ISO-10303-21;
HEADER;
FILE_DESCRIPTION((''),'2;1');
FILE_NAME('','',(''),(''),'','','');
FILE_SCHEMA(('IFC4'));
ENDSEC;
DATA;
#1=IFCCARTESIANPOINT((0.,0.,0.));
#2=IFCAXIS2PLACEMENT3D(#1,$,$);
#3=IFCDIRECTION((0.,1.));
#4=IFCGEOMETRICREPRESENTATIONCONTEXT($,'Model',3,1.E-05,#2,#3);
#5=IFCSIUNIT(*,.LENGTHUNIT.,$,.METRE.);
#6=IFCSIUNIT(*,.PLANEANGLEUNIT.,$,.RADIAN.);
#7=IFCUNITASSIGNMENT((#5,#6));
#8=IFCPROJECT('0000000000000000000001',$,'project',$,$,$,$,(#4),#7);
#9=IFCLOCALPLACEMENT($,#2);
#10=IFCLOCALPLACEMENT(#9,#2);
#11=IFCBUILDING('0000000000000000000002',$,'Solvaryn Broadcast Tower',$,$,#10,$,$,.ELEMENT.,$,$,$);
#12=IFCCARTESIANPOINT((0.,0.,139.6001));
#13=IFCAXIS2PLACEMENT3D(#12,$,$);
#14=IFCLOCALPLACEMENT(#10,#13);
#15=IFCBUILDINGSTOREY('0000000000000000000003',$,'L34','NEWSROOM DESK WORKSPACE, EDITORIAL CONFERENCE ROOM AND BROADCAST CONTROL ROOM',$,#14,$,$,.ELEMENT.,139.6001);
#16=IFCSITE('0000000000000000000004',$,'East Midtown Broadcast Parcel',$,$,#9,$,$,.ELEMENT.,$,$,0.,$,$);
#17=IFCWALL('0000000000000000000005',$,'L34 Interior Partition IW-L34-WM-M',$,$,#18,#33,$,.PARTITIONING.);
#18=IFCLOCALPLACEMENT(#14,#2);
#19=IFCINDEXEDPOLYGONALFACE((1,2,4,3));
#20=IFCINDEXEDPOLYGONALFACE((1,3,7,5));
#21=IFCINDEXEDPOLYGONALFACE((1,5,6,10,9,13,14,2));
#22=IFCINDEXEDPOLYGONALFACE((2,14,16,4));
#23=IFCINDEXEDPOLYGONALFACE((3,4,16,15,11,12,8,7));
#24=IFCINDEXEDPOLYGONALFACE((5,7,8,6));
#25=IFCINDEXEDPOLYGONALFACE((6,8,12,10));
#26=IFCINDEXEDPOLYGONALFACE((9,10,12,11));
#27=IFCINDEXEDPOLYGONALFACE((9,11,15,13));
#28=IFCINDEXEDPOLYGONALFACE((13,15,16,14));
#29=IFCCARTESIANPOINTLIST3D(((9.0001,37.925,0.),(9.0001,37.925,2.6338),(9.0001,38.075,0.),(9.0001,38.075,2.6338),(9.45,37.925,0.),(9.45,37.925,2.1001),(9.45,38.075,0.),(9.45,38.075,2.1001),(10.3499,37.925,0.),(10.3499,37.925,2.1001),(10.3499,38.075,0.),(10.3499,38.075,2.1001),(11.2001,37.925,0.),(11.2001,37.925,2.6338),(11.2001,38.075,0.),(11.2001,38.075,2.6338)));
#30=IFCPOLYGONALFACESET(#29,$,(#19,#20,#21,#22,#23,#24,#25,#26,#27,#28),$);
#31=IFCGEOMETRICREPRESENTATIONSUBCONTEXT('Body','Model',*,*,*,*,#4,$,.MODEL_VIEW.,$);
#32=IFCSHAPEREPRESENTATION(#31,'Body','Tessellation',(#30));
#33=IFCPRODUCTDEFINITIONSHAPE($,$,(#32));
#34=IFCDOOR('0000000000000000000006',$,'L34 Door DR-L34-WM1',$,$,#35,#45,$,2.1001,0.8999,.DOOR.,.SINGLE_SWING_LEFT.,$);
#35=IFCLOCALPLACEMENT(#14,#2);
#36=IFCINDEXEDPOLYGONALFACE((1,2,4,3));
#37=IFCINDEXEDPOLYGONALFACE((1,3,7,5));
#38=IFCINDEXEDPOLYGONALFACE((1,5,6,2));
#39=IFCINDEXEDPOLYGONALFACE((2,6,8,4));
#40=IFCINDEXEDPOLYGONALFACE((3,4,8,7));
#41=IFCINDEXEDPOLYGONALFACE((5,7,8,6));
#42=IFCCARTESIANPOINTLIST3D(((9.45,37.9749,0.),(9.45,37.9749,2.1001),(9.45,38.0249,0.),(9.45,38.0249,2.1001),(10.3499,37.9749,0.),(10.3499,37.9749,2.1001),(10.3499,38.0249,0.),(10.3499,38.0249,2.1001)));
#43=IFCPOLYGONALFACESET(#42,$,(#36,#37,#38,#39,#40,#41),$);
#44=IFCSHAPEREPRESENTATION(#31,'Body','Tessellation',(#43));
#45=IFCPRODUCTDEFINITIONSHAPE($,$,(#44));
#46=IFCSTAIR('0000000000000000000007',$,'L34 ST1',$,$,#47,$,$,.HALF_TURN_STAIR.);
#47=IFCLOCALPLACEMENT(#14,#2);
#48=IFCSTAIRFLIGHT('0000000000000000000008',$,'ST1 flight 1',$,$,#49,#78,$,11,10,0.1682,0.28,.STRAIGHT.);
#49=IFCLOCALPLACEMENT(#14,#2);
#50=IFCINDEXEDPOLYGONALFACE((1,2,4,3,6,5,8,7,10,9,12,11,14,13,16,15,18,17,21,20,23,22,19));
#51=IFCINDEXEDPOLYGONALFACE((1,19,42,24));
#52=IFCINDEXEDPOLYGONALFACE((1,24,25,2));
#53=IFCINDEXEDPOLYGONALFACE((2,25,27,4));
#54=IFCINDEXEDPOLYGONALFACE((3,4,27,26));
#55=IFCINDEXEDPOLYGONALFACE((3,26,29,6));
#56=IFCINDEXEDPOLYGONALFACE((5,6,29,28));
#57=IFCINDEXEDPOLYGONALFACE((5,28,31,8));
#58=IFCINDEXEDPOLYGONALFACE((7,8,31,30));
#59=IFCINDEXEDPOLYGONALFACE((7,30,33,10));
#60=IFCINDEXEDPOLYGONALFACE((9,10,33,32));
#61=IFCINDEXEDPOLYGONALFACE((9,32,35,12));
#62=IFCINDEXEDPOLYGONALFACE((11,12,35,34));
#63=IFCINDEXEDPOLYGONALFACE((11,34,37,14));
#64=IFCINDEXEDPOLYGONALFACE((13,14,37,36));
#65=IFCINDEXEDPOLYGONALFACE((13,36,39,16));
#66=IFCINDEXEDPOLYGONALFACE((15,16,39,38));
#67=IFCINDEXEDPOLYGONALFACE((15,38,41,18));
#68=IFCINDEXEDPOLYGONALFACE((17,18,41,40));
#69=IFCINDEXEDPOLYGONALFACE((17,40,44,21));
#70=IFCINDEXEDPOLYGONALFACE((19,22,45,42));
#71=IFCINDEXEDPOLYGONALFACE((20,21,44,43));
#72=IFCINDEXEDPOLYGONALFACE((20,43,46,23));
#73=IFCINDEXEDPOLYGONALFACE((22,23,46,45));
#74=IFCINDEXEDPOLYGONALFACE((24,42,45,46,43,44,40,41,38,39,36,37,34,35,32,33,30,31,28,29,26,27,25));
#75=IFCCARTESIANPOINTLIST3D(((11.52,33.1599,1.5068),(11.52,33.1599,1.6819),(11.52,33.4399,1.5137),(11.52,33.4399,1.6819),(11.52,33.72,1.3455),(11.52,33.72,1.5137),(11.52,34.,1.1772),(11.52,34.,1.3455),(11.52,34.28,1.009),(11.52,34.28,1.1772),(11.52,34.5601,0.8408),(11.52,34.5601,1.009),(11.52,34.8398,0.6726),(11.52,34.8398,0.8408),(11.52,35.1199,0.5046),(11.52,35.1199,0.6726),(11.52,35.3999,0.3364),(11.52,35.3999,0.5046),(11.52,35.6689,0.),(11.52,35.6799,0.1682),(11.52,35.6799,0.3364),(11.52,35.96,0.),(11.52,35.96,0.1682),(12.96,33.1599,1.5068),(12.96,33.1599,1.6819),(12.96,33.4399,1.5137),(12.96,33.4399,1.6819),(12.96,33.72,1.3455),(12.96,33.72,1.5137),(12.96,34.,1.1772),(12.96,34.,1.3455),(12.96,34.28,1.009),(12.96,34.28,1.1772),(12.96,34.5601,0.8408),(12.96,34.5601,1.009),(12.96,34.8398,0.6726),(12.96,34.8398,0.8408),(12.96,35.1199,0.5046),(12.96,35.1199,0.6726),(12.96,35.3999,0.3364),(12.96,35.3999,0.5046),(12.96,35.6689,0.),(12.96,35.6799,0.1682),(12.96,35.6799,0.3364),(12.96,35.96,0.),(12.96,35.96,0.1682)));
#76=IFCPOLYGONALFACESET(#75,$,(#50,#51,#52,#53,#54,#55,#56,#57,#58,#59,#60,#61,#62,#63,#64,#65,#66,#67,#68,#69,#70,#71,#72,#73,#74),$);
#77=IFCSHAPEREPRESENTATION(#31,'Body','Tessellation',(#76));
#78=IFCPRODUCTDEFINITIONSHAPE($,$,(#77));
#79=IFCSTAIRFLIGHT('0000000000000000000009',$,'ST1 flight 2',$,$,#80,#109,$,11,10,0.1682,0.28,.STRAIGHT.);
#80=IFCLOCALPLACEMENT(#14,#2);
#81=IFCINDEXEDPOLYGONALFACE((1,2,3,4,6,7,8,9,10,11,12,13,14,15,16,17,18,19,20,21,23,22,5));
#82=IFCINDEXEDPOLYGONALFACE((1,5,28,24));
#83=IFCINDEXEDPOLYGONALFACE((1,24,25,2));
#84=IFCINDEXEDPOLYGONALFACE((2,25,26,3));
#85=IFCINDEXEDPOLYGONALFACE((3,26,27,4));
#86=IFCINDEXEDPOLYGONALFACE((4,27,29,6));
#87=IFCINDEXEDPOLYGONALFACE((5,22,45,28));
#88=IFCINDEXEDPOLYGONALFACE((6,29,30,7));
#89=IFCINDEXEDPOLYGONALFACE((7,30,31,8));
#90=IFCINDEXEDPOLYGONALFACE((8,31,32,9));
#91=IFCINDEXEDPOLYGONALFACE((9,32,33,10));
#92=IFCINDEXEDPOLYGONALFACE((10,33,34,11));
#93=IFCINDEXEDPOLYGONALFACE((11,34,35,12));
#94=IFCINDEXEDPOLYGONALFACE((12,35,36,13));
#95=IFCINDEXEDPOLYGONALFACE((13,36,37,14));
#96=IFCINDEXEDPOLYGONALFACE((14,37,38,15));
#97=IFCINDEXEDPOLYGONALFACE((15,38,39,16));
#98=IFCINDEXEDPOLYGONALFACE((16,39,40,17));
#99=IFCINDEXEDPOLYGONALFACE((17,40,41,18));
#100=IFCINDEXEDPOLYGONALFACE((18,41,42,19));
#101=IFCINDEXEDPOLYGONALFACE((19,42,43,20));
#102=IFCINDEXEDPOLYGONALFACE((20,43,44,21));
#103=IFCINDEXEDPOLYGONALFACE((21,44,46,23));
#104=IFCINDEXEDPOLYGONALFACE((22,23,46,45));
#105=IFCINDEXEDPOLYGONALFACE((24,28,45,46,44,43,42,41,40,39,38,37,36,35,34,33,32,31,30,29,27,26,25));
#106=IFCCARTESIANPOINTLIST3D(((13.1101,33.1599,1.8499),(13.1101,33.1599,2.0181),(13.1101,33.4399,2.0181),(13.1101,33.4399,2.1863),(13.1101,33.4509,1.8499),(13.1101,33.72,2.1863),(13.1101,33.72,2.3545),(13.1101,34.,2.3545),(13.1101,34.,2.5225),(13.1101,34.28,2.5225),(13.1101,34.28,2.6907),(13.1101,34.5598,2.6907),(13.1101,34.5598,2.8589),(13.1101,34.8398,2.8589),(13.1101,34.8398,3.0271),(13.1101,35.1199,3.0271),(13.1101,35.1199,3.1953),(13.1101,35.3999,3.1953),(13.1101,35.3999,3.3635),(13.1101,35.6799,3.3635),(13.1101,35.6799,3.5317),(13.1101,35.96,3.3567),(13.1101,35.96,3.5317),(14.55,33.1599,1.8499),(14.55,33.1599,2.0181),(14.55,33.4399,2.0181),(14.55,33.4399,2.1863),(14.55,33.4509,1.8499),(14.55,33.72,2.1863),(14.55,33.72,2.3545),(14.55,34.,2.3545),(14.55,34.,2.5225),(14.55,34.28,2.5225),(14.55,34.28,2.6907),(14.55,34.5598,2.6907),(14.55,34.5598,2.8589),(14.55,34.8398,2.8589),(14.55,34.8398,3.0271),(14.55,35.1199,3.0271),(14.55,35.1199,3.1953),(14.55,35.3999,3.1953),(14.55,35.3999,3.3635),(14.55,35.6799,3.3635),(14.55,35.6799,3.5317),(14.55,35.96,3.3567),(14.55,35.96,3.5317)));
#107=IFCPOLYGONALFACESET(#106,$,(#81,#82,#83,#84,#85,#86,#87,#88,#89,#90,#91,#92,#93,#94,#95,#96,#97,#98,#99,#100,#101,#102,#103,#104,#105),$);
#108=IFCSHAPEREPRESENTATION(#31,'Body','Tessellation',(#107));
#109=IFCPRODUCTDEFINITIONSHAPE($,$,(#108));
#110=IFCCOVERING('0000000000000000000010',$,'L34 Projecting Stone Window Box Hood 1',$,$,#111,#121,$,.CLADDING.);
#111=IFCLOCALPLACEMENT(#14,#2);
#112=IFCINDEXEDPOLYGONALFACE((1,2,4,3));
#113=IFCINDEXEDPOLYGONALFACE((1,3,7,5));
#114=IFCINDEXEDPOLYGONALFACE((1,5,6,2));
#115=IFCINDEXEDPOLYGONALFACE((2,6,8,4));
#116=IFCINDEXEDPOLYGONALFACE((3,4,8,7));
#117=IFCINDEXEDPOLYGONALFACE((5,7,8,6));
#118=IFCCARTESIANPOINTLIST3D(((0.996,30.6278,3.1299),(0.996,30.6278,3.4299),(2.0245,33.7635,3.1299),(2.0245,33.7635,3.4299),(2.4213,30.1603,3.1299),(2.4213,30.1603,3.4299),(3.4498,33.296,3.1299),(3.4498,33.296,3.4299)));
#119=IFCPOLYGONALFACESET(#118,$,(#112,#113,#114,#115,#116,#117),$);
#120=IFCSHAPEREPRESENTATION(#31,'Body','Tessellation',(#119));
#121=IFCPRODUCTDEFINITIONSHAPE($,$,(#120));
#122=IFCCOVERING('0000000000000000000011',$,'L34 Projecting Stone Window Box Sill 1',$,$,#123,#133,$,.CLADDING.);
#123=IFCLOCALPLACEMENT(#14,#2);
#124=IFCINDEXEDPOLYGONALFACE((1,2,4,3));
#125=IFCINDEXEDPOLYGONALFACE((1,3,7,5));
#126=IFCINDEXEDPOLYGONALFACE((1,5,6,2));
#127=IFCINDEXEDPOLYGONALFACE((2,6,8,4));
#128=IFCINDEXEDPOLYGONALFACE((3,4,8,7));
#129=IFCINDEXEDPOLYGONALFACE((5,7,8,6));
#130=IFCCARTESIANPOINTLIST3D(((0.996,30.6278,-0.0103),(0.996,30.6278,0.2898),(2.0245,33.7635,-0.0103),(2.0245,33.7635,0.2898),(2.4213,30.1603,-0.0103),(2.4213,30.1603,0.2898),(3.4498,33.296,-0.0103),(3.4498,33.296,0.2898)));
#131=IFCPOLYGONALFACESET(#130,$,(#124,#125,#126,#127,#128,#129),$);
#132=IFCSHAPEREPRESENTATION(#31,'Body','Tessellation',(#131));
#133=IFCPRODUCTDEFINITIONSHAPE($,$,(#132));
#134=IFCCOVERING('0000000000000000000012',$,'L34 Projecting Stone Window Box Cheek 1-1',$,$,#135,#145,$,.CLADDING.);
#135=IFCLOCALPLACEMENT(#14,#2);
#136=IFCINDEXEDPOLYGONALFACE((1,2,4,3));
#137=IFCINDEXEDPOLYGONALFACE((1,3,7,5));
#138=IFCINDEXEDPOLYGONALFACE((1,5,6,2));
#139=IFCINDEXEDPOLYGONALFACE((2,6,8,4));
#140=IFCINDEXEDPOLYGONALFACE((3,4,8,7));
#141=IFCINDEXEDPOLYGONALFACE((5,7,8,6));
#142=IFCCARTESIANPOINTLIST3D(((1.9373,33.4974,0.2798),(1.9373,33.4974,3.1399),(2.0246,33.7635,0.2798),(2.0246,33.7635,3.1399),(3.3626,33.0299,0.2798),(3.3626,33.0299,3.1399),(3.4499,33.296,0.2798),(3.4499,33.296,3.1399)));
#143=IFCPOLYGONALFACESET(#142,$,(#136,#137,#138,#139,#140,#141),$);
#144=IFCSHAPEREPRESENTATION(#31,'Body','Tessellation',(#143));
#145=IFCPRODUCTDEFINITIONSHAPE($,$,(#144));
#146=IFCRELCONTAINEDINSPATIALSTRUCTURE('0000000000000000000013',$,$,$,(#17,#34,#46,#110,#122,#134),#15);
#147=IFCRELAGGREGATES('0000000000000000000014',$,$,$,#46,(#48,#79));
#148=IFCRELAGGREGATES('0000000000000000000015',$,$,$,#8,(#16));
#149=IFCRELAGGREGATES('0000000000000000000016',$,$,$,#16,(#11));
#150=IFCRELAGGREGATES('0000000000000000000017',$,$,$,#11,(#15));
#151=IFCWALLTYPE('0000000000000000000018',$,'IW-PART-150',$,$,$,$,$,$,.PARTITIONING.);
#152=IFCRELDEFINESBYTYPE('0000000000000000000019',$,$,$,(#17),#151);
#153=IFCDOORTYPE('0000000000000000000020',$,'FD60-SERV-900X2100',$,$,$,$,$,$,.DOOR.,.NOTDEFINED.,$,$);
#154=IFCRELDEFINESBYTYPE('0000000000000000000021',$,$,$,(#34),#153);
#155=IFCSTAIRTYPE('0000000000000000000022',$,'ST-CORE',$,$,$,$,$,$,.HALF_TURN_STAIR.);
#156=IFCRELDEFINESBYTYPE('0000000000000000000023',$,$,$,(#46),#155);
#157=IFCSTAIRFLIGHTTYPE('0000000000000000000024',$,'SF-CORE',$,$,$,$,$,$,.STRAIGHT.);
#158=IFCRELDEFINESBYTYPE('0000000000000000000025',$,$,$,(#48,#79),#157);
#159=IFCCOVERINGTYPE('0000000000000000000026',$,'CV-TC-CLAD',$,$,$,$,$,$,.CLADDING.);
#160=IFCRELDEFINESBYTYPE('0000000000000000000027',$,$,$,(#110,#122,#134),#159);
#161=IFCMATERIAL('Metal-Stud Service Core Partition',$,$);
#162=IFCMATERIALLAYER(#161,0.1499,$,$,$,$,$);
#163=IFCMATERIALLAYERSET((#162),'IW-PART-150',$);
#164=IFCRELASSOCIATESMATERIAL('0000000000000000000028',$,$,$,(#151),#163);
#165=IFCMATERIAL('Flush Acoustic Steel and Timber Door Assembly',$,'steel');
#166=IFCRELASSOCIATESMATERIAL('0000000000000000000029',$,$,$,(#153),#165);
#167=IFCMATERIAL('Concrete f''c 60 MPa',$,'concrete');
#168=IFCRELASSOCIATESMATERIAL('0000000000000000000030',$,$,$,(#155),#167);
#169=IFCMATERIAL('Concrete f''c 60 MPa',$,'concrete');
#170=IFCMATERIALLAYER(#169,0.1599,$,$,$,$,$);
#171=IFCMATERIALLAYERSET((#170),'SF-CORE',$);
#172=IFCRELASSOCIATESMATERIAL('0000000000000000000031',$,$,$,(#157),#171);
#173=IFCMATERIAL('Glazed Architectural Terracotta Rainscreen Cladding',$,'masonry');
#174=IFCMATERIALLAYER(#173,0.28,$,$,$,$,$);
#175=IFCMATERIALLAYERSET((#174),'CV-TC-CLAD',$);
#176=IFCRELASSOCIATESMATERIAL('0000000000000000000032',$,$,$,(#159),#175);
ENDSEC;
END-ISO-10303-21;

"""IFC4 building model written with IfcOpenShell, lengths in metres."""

from ifc_helpers import new_model, si_unit, direction, frame, frame_2d, origin, origin_2d, place, context, subcontext, project, spatial, polyline, rectangle, outline, extrude, material, layer, layer_set, type_object, element, fill, aggregate, save


model = new_model("IFC4")

# Units and contexts
model_context = context("Model", 3, precision=1e-05, world=origin(), true_north=direction((0.0, 1.0)))
body_context = subcontext(model_context, "Body", "Model", "MODEL_VIEW")
ifc_project = project(units=[si_unit("LENGTHUNIT", "METRE"), si_unit("PLANEANGLEUNIT", "RADIAN")], contexts=[model_context])

# Site, building, storey
site_placement = place(None, origin())
site = spatial("IfcSite", under=ifc_project, at=site_placement, Name="East Midtown Broadcast Parcel", CompositionType="ELEMENT", RefElevation=0.0)
building_placement = place(site_placement, origin())
building = spatial("IfcBuilding", under=site, at=building_placement, Name="Solvaryn Broadcast Tower", CompositionType="ELEMENT")
storey_placement = place(building_placement, frame((0.0, 0.0, 139.6001)))
storey = spatial("IfcBuildingStorey", under=building, at=storey_placement, Name="L34", Description="NEWSROOM DESK WORKSPACE, EDITORIAL CONFERENCE ROOM AND BROADCAST CONTROL ROOM", CompositionType="ELEMENT", Elevation=139.6001)

# Wall, opening, door
ifc_material_1 = material(Name="Metal-Stud Service Core Partition")
ifc_layer_1 = layer(ifc_material_1, 0.1499)
ifc_layer_set_1 = layer_set([ifc_layer_1], Name="IW-PART-150")
wall_type = type_object("IfcWallType", Name="IW-PART-150", PredefinedType="PARTITIONING", material=ifc_layer_set_1)
wall_placement = place(storey_placement, frame((9.0, 38.0, 0.0), z_axis=(0.0, 0.0, 1.0), x_axis=(1.0, 0.0, 0.0)))
wall = element("IfcWall", 1, at=wall_placement, inside=storey, type_object=wall_type, Name="L34 Interior Partition IW-L34-WM-M", PredefinedType="PARTITIONING", context=body_context, shape_type="SweptSolid", body=[
    extrude(rectangle(XDim=2.2, YDim=0.1499, at=frame_2d((1.1001, 0.0))), origin(), (0.0, 0.0, 1.0), 2.6338),
])
opening_placement = place(wall_placement, frame((0.45, 0.0, 0.0)))
opening = element("IfcOpeningElement", 2, at=opening_placement, cuts=wall, PredefinedType="OPENING", context=body_context, shape_type="SweptSolid", body=[
    extrude(rectangle(XDim=0.8999, YDim=2.1001, at=frame_2d((0.45, 1.05))), frame((0.0, 0.085, 0.0), z_axis=(0.0, -1.0, 0.0), x_axis=(1.0, 0.0, 0.0)), (0.0, 0.0, 1.0), 0.1699),
])
ifc_material_2 = material(Name="Flush Acoustic Steel and Timber Door Assembly", Category="steel")
door_type = type_object("IfcDoorType", Name="FD60-SERV-900X2100", OperationType="NOTDEFINED", PredefinedType="DOOR", material=ifc_material_2)
door_placement = place(opening_placement, origin())
door = element("IfcDoor", 3, at=door_placement, inside=storey, type_object=door_type, Name="L34 Door DR-L34-WM1", OperationType="SINGLE_SWING_LEFT", OverallHeight=2.1001, OverallWidth=0.8999, PredefinedType="DOOR", context=body_context, shape_type="SweptSolid", body=[
    extrude(rectangle(XDim=0.8999, YDim=2.1001, at=frame_2d((0.45, 1.05))), frame((0.0, 0.0249, 0.0), z_axis=(0.0, -1.0, 0.0), x_axis=(1.0, 0.0, 0.0)), (0.0, 0.0, 1.0), 0.05),
])
fill(opening, door)

# Stair, stair flights
ifc_material_3 = material(Name="Concrete f'c 60 MPa", Category="concrete")
stair_type = type_object("IfcStairType", Name="ST-CORE", PredefinedType="HALF_TURN_STAIR", material=ifc_material_3)
stair_placement = place(storey_placement, origin())
stair = element("IfcStair", 4, at=stair_placement, inside=storey, type_object=stair_type, Name="L34 ST1", PredefinedType="HALF_TURN_STAIR")
ifc_material_4 = material(Name="Concrete f'c 60 MPa", Category="concrete")
ifc_layer_2 = layer(ifc_material_4, 0.1599)
ifc_layer_set_2 = layer_set([ifc_layer_2], Name="SF-CORE")
stair_flight_type = type_object("IfcStairFlightType", Name="SF-CORE", PredefinedType="STRAIGHT", material=ifc_layer_set_2)
stair_flight_1_placement = place(storey_placement, frame((12.24, 35.96, 0.0), z_axis=(0.0, 0.0, 1.0), x_axis=(0.0, -1.0, 0.0)))
stair_flight_1 = element("IfcStairFlight", 5, at=stair_flight_1_placement, type_object=stair_flight_type, Name="ST1 flight 1", NumberOfRisers=11, NumberOfTreads=10, PredefinedType="STRAIGHT", RiserHeight=0.1682, TreadLength=0.28, context=body_context, shape_type="SweptSolid", body=[
    extrude(outline(polyline([(0.0, 0.0), (0.0, 0.1682), (0.28, 0.1682), (0.28, 0.3364), (0.5601, 0.3364), (0.5601, 0.5046), (0.8401, 0.5046), (0.8401, 0.6726), (1.1201, 0.6726), (1.1201, 0.8408), (1.3999, 0.8408), (1.3999, 1.009), (1.6799, 1.009), (1.6799, 1.1772), (1.96, 1.1772), (1.96, 1.3455), (2.24, 1.3455), (2.24, 1.5137), (2.52, 1.5137), (2.52, 1.6819), (2.8, 1.6819), (2.8, 1.8501), (2.8, 1.5068), (0.291, 0.0), (0.0, 0.0)])), frame((0.0, 0.72, 0.0), z_axis=(0.0, -1.0, 0.0), x_axis=(1.0, 0.0, 0.0)), (0.0, 0.0, 1.0), 1.4399),
])
stair_flight_2_placement = place(storey_placement, frame((13.8301, 33.1599, 1.8499), z_axis=(0.0, 0.0, 1.0), x_axis=(0.0, 1.0, 0.0)))
stair_flight_2 = element("IfcStairFlight", 6, at=stair_flight_2_placement, type_object=stair_flight_type, Name="ST1 flight 2", NumberOfRisers=11, NumberOfTreads=10, PredefinedType="STRAIGHT", RiserHeight=0.1682, TreadLength=0.28, context=body_context, shape_type="SweptSolid", body=[
    extrude(outline(polyline([(0.0, 0.0), (0.0, 0.1682), (0.28, 0.1682), (0.28, 0.3364), (0.5601, 0.3364), (0.5601, 0.5046), (0.8401, 0.5046), (0.8401, 0.6726), (1.1201, 0.6726), (1.1201, 0.8408), (1.3999, 0.8408), (1.3999, 1.009), (1.6799, 1.009), (1.6799, 1.1772), (1.96, 1.1772), (1.96, 1.3455), (2.24, 1.3455), (2.24, 1.5137), (2.52, 1.5137), (2.52, 1.6819), (2.8, 1.6819), (2.8, 1.8501), (2.8, 1.5068), (0.291, 0.0), (0.0, 0.0)])), frame((0.0, 0.72, 0.0), z_axis=(0.0, -1.0, 0.0), x_axis=(1.0, 0.0, 0.0)), (0.0, 0.0, 1.0), 1.4399),
])
aggregate(stair, [stair_flight_1, stair_flight_2])

# Coverings
ifc_material_5 = material(Name="Glazed Architectural Terracotta Rainscreen Cladding", Category="masonry")
ifc_layer_3 = layer(ifc_material_5, 0.28)
ifc_layer_set_3 = layer_set([ifc_layer_3], Name="CV-TC-CLAD")
covering_type = type_object("IfcCoveringType", Name="CV-TC-CLAD", PredefinedType="CLADDING", material=ifc_layer_set_3)
for number, where, z_axis, x_axis, name in (
    (7, (2.2229, 31.9619, 3.1299), (0.0, 0.0, 1.0), (-0.311672, -0.95019, 0.0), "L34 Projecting Stone Window Box Hood 1"),
    (8, (2.2229, 31.9619, -0.0103), (0.0, 0.0, 1.0), (-0.311672, -0.95019, 0.0), "L34 Projecting Stone Window Box Sill 1"),
):
    element("IfcCovering", number, at=place(storey_placement, frame(where, z_axis=z_axis, x_axis=x_axis)), inside=storey, type_object=covering_type, Name=name, PredefinedType="CLADDING", context=body_context, shape_type="SweptSolid", body=[
        extrude(rectangle(XDim=3.3, YDim=1.5, at=origin_2d()), origin(), (0.0, 0.0, 1.0), 0.3),
    ])
covering_placement = place(storey_placement, frame((2.6936, 33.3967, 0.2798), z_axis=(0.0, 0.0, 1.0), x_axis=(-0.311672, -0.95019, 0.0)))
element("IfcCovering", 9, at=covering_placement, inside=storey, type_object=covering_type, Name="L34 Projecting Stone Window Box Cheek 1-1", PredefinedType="CLADDING", context=body_context, shape_type="SweptSolid", body=[
    extrude(rectangle(XDim=0.28, YDim=1.5, at=origin_2d()), origin(), (0.0, 0.0, 1.0), 2.8601),
])

save(model, "model.ifc")
